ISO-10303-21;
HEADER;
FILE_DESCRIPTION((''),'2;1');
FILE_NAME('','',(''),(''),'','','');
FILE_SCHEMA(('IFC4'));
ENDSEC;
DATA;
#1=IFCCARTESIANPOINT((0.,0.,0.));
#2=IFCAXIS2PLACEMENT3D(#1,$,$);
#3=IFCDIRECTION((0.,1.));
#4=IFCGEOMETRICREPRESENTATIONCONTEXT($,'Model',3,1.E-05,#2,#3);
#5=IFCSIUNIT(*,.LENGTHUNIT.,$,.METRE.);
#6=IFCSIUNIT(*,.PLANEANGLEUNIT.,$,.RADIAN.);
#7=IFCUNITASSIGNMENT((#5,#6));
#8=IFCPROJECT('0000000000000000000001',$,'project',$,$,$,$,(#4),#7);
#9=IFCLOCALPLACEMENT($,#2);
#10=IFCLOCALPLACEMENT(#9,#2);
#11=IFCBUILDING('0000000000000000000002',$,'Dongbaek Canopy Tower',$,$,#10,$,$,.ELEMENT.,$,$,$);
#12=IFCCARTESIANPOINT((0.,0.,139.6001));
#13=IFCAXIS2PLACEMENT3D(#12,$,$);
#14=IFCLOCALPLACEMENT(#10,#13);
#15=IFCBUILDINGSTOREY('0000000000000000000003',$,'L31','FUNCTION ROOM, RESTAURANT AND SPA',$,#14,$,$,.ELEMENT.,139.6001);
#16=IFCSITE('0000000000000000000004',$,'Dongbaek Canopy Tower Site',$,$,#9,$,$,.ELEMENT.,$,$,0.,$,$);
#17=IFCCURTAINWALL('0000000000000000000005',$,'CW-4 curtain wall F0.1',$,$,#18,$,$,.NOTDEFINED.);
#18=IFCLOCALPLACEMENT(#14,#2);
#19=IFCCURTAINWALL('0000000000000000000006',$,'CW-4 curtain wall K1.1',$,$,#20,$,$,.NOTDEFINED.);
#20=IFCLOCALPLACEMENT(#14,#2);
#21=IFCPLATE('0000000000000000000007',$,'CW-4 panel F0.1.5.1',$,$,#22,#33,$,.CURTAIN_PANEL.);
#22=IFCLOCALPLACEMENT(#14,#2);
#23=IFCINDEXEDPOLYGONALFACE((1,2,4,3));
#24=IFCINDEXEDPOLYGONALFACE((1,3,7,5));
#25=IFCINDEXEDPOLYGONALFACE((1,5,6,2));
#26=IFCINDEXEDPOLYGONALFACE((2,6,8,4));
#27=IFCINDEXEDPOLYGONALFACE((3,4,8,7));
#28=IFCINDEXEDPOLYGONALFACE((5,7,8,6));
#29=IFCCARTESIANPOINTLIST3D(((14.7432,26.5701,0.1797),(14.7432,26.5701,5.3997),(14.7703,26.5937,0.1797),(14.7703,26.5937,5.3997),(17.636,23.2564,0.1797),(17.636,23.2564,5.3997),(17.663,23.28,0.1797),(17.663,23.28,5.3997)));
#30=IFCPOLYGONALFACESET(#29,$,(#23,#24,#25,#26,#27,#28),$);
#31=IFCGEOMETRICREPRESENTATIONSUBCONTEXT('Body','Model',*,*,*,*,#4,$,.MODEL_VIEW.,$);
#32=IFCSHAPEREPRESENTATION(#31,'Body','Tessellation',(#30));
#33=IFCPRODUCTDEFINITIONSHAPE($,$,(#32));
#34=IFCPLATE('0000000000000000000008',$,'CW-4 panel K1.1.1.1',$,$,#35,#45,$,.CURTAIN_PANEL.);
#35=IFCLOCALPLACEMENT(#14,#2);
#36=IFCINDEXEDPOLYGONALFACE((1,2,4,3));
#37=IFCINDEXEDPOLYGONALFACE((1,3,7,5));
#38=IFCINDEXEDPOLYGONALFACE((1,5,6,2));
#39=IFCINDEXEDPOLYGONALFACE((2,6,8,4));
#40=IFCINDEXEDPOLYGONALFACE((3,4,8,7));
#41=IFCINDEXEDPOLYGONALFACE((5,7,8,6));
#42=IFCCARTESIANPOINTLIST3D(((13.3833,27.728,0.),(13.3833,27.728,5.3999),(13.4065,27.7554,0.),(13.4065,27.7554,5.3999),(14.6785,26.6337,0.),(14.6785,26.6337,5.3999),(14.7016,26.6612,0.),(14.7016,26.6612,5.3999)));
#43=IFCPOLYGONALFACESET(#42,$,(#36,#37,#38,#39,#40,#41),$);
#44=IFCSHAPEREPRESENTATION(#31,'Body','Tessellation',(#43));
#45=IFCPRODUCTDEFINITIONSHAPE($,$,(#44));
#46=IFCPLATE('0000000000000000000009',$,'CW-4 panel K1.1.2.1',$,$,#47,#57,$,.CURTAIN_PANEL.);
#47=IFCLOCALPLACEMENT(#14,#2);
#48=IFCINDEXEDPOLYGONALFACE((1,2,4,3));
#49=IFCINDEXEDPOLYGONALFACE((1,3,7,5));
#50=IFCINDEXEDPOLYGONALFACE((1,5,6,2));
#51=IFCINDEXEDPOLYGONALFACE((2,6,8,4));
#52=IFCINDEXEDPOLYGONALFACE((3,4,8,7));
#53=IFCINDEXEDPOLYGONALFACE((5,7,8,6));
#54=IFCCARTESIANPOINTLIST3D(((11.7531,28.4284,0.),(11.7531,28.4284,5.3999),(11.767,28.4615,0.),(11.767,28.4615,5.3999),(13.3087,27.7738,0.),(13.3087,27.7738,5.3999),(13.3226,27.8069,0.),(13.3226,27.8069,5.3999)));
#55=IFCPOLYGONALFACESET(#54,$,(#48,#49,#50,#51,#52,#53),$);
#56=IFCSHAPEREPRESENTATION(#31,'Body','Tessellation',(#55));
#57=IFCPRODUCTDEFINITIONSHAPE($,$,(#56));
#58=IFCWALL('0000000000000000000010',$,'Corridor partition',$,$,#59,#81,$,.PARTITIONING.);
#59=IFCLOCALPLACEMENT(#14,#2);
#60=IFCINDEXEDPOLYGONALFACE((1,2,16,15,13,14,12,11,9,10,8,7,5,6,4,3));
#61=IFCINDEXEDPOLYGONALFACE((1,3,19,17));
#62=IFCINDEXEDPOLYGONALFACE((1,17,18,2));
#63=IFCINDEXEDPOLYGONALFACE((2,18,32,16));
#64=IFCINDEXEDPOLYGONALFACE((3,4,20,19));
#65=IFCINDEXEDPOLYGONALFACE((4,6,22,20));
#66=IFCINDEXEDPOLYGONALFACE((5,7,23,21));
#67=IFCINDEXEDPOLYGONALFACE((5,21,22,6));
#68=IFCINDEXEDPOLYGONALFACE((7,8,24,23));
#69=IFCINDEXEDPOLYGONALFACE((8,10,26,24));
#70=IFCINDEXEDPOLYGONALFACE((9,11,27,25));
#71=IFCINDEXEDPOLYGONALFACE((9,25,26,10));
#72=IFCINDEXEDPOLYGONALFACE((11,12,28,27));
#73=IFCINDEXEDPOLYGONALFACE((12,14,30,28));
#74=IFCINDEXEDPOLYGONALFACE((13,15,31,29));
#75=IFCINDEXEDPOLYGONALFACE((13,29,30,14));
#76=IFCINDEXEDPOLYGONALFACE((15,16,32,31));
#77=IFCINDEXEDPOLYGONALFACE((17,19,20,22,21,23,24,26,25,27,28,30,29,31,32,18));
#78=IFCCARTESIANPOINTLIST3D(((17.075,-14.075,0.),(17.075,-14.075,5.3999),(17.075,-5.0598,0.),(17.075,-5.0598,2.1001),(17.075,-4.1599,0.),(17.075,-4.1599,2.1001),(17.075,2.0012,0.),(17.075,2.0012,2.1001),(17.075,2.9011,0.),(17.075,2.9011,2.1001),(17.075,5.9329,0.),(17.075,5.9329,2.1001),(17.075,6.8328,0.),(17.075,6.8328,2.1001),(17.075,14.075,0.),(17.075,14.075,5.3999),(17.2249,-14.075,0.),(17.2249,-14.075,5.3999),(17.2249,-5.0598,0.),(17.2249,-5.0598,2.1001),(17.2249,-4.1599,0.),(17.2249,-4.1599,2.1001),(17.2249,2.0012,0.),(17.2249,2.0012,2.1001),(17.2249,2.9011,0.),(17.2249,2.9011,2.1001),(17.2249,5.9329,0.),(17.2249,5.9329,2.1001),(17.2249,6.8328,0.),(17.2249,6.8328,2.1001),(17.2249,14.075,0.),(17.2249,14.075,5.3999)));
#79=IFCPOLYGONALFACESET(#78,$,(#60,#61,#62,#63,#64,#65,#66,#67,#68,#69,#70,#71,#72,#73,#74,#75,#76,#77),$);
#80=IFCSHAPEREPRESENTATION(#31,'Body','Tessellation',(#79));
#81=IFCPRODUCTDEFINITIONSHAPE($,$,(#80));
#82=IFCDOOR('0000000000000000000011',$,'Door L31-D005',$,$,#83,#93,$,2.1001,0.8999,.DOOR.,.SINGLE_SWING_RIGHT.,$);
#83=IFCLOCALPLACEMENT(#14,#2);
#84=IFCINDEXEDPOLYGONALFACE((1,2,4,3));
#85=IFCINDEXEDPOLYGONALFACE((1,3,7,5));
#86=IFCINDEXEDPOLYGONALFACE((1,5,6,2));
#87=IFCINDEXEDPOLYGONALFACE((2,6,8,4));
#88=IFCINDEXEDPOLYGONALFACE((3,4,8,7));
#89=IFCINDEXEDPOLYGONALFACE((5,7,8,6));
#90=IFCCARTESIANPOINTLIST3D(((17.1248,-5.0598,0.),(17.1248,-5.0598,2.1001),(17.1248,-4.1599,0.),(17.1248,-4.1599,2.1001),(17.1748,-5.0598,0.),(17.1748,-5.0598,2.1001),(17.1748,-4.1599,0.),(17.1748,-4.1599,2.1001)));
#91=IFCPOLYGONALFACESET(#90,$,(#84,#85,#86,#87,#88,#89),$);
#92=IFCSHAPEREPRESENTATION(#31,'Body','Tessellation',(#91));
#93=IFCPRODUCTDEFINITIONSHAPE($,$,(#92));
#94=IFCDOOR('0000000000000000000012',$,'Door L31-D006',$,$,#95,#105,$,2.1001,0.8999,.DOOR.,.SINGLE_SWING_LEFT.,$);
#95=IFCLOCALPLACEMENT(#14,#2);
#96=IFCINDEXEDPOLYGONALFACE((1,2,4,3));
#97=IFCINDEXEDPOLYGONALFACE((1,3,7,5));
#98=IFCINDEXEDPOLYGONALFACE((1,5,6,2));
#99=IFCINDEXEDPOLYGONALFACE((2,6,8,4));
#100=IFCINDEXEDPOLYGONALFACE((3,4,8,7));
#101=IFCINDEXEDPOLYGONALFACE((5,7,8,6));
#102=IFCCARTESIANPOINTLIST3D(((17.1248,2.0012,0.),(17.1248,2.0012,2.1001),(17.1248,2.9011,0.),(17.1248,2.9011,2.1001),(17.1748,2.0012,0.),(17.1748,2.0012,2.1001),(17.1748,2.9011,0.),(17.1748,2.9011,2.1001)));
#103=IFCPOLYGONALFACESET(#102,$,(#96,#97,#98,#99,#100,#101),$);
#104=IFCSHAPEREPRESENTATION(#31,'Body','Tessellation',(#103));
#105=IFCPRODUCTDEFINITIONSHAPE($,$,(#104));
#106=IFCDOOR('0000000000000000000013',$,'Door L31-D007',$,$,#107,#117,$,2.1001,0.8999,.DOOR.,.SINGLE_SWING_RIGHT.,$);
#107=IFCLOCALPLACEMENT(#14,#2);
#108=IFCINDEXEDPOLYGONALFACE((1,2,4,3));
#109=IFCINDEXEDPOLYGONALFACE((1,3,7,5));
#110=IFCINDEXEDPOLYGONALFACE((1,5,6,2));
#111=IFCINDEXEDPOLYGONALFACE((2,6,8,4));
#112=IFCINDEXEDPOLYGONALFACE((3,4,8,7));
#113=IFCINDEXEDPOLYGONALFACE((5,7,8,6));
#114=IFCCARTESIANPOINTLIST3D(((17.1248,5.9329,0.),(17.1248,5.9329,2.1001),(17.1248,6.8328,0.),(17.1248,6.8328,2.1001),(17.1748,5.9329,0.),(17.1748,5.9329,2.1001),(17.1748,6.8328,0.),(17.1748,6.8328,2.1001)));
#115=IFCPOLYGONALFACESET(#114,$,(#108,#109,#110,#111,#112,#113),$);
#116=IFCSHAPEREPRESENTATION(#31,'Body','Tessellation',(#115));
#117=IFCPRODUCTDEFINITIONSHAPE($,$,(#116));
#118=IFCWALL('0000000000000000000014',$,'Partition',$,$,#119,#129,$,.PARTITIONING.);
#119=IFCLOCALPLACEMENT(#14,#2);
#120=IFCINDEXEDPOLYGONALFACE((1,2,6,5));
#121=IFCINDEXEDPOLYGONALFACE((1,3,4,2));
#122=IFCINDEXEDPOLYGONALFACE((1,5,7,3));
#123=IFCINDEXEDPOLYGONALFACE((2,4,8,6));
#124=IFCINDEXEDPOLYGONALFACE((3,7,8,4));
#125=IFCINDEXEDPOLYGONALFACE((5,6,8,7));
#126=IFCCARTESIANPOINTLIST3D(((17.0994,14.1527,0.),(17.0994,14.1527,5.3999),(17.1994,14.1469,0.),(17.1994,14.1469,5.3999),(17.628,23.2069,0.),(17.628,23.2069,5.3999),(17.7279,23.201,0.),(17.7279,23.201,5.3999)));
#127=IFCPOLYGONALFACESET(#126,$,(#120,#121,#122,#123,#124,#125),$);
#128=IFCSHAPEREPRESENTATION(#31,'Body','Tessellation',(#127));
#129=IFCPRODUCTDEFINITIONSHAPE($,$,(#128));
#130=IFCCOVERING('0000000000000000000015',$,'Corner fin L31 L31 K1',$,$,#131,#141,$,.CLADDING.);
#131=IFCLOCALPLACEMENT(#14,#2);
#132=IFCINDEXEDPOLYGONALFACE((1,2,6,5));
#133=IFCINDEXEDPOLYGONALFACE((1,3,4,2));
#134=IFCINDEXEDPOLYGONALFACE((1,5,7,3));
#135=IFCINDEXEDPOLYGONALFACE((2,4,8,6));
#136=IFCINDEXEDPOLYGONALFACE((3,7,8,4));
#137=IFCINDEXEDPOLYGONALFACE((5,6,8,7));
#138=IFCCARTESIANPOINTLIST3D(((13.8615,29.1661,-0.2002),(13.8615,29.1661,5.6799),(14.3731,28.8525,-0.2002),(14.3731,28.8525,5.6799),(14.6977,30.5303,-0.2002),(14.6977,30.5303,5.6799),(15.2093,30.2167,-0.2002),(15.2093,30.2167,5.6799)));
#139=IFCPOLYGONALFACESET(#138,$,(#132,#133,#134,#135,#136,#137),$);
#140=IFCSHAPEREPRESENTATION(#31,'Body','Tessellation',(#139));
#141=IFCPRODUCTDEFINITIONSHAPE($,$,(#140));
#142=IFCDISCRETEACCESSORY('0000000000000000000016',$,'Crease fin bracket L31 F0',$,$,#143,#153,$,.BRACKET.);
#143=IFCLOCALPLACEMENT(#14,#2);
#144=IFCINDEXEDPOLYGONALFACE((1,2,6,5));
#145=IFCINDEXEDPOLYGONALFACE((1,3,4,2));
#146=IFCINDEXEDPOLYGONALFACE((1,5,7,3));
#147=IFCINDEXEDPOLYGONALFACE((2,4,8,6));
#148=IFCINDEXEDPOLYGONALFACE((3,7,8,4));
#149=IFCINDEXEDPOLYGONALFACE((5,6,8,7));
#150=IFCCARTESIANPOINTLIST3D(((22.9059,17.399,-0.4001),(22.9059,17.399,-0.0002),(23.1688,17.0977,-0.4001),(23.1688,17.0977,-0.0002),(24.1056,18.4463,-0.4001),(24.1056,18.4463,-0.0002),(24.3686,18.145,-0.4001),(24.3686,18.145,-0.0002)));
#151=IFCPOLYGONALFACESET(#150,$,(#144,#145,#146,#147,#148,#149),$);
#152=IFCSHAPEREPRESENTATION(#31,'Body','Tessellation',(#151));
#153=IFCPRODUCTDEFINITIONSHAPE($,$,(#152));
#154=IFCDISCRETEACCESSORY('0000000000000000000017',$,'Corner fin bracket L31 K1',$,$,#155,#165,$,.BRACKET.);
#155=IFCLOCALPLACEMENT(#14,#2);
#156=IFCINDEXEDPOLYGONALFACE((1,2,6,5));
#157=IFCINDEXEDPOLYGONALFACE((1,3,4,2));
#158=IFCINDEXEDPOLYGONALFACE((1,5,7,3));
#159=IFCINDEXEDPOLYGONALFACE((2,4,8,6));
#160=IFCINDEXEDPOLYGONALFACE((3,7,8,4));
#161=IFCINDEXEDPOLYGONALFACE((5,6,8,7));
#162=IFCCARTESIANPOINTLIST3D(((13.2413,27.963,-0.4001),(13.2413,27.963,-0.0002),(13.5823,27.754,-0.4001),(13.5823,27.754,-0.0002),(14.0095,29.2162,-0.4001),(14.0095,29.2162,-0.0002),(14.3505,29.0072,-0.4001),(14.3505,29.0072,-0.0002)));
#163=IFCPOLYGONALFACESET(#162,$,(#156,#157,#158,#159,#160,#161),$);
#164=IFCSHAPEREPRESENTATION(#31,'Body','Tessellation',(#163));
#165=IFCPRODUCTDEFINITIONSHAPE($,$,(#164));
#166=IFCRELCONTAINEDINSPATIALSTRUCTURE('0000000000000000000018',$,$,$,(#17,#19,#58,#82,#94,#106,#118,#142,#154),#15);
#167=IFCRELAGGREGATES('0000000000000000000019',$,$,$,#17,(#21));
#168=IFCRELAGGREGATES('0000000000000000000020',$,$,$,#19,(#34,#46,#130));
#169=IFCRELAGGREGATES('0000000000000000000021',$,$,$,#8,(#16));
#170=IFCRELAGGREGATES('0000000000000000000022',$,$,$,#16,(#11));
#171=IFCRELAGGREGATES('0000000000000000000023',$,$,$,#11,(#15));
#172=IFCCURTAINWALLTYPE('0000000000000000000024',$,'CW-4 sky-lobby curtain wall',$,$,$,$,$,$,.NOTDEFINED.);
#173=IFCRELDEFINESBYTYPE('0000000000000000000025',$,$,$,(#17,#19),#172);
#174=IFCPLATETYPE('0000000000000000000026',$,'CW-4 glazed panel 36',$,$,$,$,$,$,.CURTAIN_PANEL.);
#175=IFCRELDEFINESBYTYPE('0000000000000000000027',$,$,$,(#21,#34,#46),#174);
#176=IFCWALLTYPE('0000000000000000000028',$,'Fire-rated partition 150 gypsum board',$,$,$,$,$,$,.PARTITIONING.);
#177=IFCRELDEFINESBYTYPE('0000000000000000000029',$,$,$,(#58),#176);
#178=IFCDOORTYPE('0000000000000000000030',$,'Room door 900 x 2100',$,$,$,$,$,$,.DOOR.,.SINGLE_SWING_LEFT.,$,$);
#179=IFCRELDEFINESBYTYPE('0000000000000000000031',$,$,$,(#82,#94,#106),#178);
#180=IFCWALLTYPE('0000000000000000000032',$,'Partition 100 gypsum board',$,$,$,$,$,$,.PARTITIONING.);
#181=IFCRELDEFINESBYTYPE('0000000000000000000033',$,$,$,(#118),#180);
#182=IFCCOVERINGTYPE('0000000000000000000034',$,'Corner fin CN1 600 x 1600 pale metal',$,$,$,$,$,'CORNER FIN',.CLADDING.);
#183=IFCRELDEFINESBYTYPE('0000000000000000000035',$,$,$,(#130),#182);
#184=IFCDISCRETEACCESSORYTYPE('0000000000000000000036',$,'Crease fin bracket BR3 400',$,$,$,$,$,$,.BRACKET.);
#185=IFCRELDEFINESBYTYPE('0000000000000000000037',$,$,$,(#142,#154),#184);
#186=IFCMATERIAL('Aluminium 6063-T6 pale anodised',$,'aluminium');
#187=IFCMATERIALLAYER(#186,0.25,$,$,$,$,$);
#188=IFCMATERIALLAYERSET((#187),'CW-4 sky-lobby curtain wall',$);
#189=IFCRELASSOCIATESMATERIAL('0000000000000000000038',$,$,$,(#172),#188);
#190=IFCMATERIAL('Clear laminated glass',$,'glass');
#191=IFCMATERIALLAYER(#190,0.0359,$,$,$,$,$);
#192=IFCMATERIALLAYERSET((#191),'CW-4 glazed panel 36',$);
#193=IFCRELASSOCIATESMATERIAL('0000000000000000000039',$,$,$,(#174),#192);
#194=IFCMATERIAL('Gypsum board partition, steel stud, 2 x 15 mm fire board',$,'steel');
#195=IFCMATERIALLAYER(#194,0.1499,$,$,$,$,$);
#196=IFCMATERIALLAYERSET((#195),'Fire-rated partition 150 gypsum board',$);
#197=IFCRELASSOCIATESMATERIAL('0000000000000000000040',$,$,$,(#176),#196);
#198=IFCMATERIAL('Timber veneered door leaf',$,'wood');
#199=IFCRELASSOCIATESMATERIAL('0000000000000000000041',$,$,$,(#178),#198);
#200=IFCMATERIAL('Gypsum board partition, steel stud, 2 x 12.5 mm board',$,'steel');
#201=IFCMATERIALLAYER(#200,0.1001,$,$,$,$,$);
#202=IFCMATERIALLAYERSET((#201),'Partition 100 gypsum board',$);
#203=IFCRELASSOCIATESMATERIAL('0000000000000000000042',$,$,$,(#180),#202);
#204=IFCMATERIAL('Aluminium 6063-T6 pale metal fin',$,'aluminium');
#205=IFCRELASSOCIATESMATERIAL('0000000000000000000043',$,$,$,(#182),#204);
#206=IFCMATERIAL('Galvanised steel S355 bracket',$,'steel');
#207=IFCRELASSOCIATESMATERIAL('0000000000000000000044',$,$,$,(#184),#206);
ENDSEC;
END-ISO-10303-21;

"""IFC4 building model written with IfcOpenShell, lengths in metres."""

from ifc_helpers import new_model, si_unit, direction, frame, frame_2d, origin, origin_2d, place, context, subcontext, project, spatial, rectangle, extrude, material, layer, layer_set, material_profile, profile_set, type_object, element, fill, aggregate, save


model = new_model("IFC4")

# Units and contexts
model_context = context("Model", 3, precision=1e-05, world=origin(), true_north=direction((0.0, 1.0)))
body_context = subcontext(model_context, "Body", "Model", "MODEL_VIEW")
ifc_project = project(units=[si_unit("LENGTHUNIT", "METRE"), si_unit("PLANEANGLEUNIT", "RADIAN")], contexts=[model_context])

# Site, building, storey
site_placement = place(None, origin())
site = spatial("IfcSite", under=ifc_project, at=site_placement, Name="Dongbaek Canopy Tower Site", CompositionType="ELEMENT", RefElevation=0.0)
building_placement = place(site_placement, origin())
building = spatial("IfcBuilding", under=site, at=building_placement, Name="Dongbaek Canopy Tower", CompositionType="ELEMENT")
storey_placement = place(building_placement, frame((0.0, 0.0, 139.6001)))
storey = spatial("IfcBuildingStorey", under=building, at=storey_placement, Name="L31", Description="FUNCTION ROOM, RESTAURANT AND SPA", CompositionType="ELEMENT", Elevation=139.6001)

# Curtain wall
ifc_material_1 = material(Name="Aluminium 6063-T6 pale anodised", Category="aluminium")
ifc_layer_1 = layer(ifc_material_1, 0.25)
ifc_layer_set_1 = layer_set([ifc_layer_1], Name="CW-4 sky-lobby curtain wall")
curtain_wall_type = type_object("IfcCurtainWallType", Name="CW-4 sky-lobby curtain wall", PredefinedType="NOTDEFINED", material=ifc_layer_set_1)
curtain_wall_1_placement = place(storey_placement, origin())
curtain_wall_1 = element("IfcCurtainWall", 1, at=curtain_wall_1_placement, inside=storey, type_object=curtain_wall_type, Name="CW-4 curtain wall F0.1", PredefinedType="NOTDEFINED")

# Curtain wall
curtain_wall_2_placement = place(storey_placement, origin())
curtain_wall_2 = element("IfcCurtainWall", 2, at=curtain_wall_2_placement, inside=storey, type_object=curtain_wall_type, Name="CW-4 curtain wall K1.1", PredefinedType="NOTDEFINED")

# Plates
ifc_material_2 = material(Name="Clear laminated glass", Category="glass")
ifc_layer_2 = layer(ifc_material_2, 0.0359)
ifc_layer_set_2 = layer_set([ifc_layer_2], Name="CW-4 glazed panel 36")
plate_type = type_object("IfcPlateType", Name="CW-4 glazed panel 36", PredefinedType="CURTAIN_PANEL", material=ifc_layer_set_2)
plate_1_placement = place(storey_placement, frame((16.2031, 24.925, 0.1797), z_axis=(0.0, 0.0, 1.0), x_axis=(-0.657632, 0.753339, 0.0)))
plate_1 = element("IfcPlate", 3, at=plate_1_placement, type_object=plate_type, Name="CW-4 panel F0.1.5.1", PredefinedType="CURTAIN_PANEL", context=body_context, shape_type="SweptSolid", body=[
    extrude(rectangle(XDim=4.3987, YDim=0.0359, at=origin_2d()), origin(), (0.0, 0.0, 1.0), 5.22),
])
aggregate(curtain_wall_1, [plate_1])
plate_2_placement = place(storey_placement, frame((14.0425, 27.1946, 0.0), z_axis=(0.0, 0.0, 1.0), x_axis=(-0.763864, 0.645377, 0.0)))
plate_2 = element("IfcPlate", 4, at=plate_2_placement, type_object=plate_type, Name="CW-4 panel K1.1.1.1", PredefinedType="CURTAIN_PANEL", context=body_context, shape_type="SweptSolid", body=[
    extrude(rectangle(XDim=1.6956, YDim=0.0359, at=origin_2d()), origin(), (0.0, 0.0, 1.0), 5.3999),
])
plate_3_placement = place(storey_placement, frame((12.5378, 28.1177, 0.0), z_axis=(0.0, 0.0, 1.0), x_axis=(-0.921722, 0.387852, 0.0)))
plate_3 = element("IfcPlate", 5, at=plate_3_placement, type_object=plate_type, Name="CW-4 panel K1.1.2.1", PredefinedType="CURTAIN_PANEL", context=body_context, shape_type="SweptSolid", body=[
    extrude(rectangle(XDim=1.6877, YDim=0.0359, at=origin_2d()), origin(), (0.0, 0.0, 1.0), 5.3999),
])

# Wall, openings, doors
ifc_material_3 = material(Name="Gypsum board partition, steel stud, 2 x 15 mm fire board", Category="steel")
ifc_layer_3 = layer(ifc_material_3, 0.1499)
ifc_layer_set_3 = layer_set([ifc_layer_3], Name="Fire-rated partition 150 gypsum board")
wall_type_1 = type_object("IfcWallType", Name="Fire-rated partition 150 gypsum board", PredefinedType="PARTITIONING", material=ifc_layer_set_3)
wall_1_placement = place(storey_placement, frame((17.1499, 14.075, 0.0), z_axis=(0.0, 0.0, 1.0), x_axis=(0.0, -1.0, 0.0)))
wall_1 = element("IfcWall", 6, at=wall_1_placement, inside=storey, type_object=wall_type_1, Name="Corridor partition", PredefinedType="PARTITIONING", context=body_context, shape_type="SweptSolid", body=[
    extrude(rectangle(XDim=28.1499, YDim=0.1499, at=frame_2d((14.075, 0.0))), origin(), (0.0, 0.0, 1.0), 5.3999),
])
opening_1_placement = place(wall_1_placement, frame((18.2349, 0.0, 0.0)))
opening_1 = element("IfcOpeningElement", 7, at=opening_1_placement, cuts=wall_1, PredefinedType="OPENING", context=body_context, shape_type="SweptSolid", body=[
    extrude(rectangle(XDim=0.8999, YDim=2.1001, at=frame_2d((0.45, 1.05))), frame((0.0, 0.085, 0.0), z_axis=(0.0, -1.0, 0.0), x_axis=(1.0, 0.0, 0.0)), (0.0, 0.0, 1.0), 0.1699),
])
opening_2_placement = place(wall_1_placement, frame((11.1738, 0.0, 0.0)))
opening_2 = element("IfcOpeningElement", 8, at=opening_2_placement, cuts=wall_1, PredefinedType="OPENING", context=body_context, shape_type="SweptSolid", body=[
    extrude(rectangle(XDim=0.8999, YDim=2.1001, at=frame_2d((0.45, 1.05))), frame((0.0, 0.085, 0.0), z_axis=(0.0, -1.0, 0.0), x_axis=(1.0, 0.0, 0.0)), (0.0, 0.0, 1.0), 0.1699),
])
opening_3_placement = place(wall_1_placement, frame((7.2422, 0.0, 0.0)))
opening_3 = element("IfcOpeningElement", 9, at=opening_3_placement, cuts=wall_1, PredefinedType="OPENING", context=body_context, shape_type="SweptSolid", body=[
    extrude(rectangle(XDim=0.8999, YDim=2.1001, at=frame_2d((0.45, 1.05))), frame((0.0, 0.085, 0.0), z_axis=(0.0, -1.0, 0.0), x_axis=(1.0, 0.0, 0.0)), (0.0, 0.0, 1.0), 0.1699),
])
ifc_material_4 = material(Name="Timber veneered door leaf", Category="wood")
door_type = type_object("IfcDoorType", Name="Room door 900 x 2100", OperationType="SINGLE_SWING_LEFT", PredefinedType="DOOR", material=ifc_material_4)
door_1_placement = place(opening_1_placement, origin())
door_1 = element("IfcDoor", 10, at=door_1_placement, inside=storey, type_object=door_type, Name="Door L31-D005", OperationType="SINGLE_SWING_RIGHT", OverallHeight=2.1001, OverallWidth=0.8999, PredefinedType="DOOR", context=body_context, shape_type="SweptSolid", body=[
    extrude(rectangle(XDim=0.8999, YDim=2.1001, at=frame_2d((0.45, 1.05))), frame((0.0, 0.0249, 0.0), z_axis=(0.0, -1.0, 0.0), x_axis=(1.0, 0.0, 0.0)), (0.0, 0.0, 1.0), 0.05),
])
fill(opening_1, door_1)
door_2_placement = place(opening_2_placement, origin())
door_2 = element("IfcDoor", 11, at=door_2_placement, inside=storey, type_object=door_type, Name="Door L31-D006", OperationType="SINGLE_SWING_LEFT", OverallHeight=2.1001, OverallWidth=0.8999, PredefinedType="DOOR", context=body_context, shape_type="SweptSolid", body=[
    extrude(rectangle(XDim=0.8999, YDim=2.1001, at=frame_2d((0.45, 1.05))), frame((0.0, 0.0249, 0.0), z_axis=(0.0, -1.0, 0.0), x_axis=(1.0, 0.0, 0.0)), (0.0, 0.0, 1.0), 0.05),
])
fill(opening_2, door_2)
door_3_placement = place(opening_3_placement, origin())
door_3 = element("IfcDoor", 12, at=door_3_placement, inside=storey, type_object=door_type, Name="Door L31-D007", OperationType="SINGLE_SWING_RIGHT", OverallHeight=2.1001, OverallWidth=0.8999, PredefinedType="DOOR", context=body_context, shape_type="SweptSolid", body=[
    extrude(rectangle(XDim=0.8999, YDim=2.1001, at=frame_2d((0.45, 1.05))), frame((0.0, 0.0249, 0.0), z_axis=(0.0, -1.0, 0.0), x_axis=(1.0, 0.0, 0.0)), (0.0, 0.0, 1.0), 0.05),
])
fill(opening_3, door_3)

# Wall
ifc_material_5 = material(Name="Gypsum board partition, steel stud, 2 x 12.5 mm board", Category="steel")
ifc_layer_4 = layer(ifc_material_5, 0.1001)
ifc_layer_set_4 = layer_set([ifc_layer_4], Name="Partition 100 gypsum board")
wall_type_2 = type_object("IfcWallType", Name="Partition 100 gypsum board", PredefinedType="PARTITIONING", material=ifc_layer_set_4)
wall_2_placement = place(storey_placement, frame((17.1494, 14.1499, 0.0), z_axis=(0.0, 0.0, 1.0), x_axis=(0.058279, 0.9983, 0.0)))
element("IfcWall", 13, at=wall_2_placement, inside=storey, type_object=wall_type_2, Name="Partition", PredefinedType="PARTITIONING", context=body_context, shape_type="SweptSolid", body=[
    extrude(rectangle(XDim=9.0696, YDim=0.1001, at=frame_2d((4.5347, 0.0))), origin(), (0.0, 0.0, 1.0), 5.3999),
])

# Covering
ifc_material_6 = material(Name="Aluminium 6063-T6 pale metal fin", Category="aluminium")
ifc_material_profile_1 = material_profile(ifc_material_6, rectangle(XDim=1.6001, YDim=0.6001, at=origin_2d()), Name="Corner fin CN1 600 x 1600 pale metal")
ifc_profile_set_1 = profile_set([ifc_material_profile_1], Name="Aluminium 6063-T6 pale metal fin")
covering_type = type_object("IfcCoveringType", Name="Corner fin CN1 600 x 1600 pale metal", ElementType="CORNER FIN", PredefinedType="CLADDING", material=ifc_profile_set_1)
covering_placement = place(storey_placement, frame((14.5354, 29.6914, -0.2002), z_axis=(0.0, 0.0, 1.0), x_axis=(0.522609, 0.852573, 0.0)))
covering = element("IfcCovering", 14, at=covering_placement, type_object=covering_type, Name="Corner fin L31 L31 K1", PredefinedType="CLADDING", context=body_context, shape_type="SweptSolid", body=[
    extrude(rectangle(XDim=1.6001, YDim=0.6001, at=origin_2d()), origin(), (0.0, 0.0, 1.0), 5.8801),
])
aggregate(curtain_wall_2, [plate_2, plate_3, covering])

# Discrete accessories
ifc_material_7 = material(Name="Galvanised steel S355 bracket", Category="steel")
discrete_accessory_type = type_object("IfcDiscreteAccessoryType", Name="Crease fin bracket BR3 400", PredefinedType="BRACKET", material=ifc_material_7)
discrete_accessory_1_placement = place(storey_placement, frame((23.6372, 17.772, -0.4001), z_axis=(0.0, 0.0, 1.0), x_axis=(0.75334, 0.657632, 0.0)))
element("IfcDiscreteAccessory", 15, at=discrete_accessory_1_placement, inside=storey, type_object=discrete_accessory_type, Name="Crease fin bracket L31 F0", PredefinedType="BRACKET", context=body_context, shape_type="SweptSolid", body=[
    extrude(rectangle(XDim=1.5925, YDim=0.3999, at=origin_2d()), origin(), (0.0, 0.0, 1.0), 0.3999),
])
discrete_accessory_2_placement = place(storey_placement, frame((13.7959, 28.4851, -0.4001), z_axis=(0.0, 0.0, 1.0), x_axis=(0.522609, 0.852573, 0.0)))
element("IfcDiscreteAccessory", 16, at=discrete_accessory_2_placement, inside=storey, type_object=discrete_accessory_type, Name="Corner fin bracket L31 K1", PredefinedType="BRACKET", context=body_context, shape_type="SweptSolid", body=[
    extrude(rectangle(XDim=1.47, YDim=0.3999, at=origin_2d()), origin(), (0.0, 0.0, 1.0), 0.3999),
])

save(model, "model.ifc")
